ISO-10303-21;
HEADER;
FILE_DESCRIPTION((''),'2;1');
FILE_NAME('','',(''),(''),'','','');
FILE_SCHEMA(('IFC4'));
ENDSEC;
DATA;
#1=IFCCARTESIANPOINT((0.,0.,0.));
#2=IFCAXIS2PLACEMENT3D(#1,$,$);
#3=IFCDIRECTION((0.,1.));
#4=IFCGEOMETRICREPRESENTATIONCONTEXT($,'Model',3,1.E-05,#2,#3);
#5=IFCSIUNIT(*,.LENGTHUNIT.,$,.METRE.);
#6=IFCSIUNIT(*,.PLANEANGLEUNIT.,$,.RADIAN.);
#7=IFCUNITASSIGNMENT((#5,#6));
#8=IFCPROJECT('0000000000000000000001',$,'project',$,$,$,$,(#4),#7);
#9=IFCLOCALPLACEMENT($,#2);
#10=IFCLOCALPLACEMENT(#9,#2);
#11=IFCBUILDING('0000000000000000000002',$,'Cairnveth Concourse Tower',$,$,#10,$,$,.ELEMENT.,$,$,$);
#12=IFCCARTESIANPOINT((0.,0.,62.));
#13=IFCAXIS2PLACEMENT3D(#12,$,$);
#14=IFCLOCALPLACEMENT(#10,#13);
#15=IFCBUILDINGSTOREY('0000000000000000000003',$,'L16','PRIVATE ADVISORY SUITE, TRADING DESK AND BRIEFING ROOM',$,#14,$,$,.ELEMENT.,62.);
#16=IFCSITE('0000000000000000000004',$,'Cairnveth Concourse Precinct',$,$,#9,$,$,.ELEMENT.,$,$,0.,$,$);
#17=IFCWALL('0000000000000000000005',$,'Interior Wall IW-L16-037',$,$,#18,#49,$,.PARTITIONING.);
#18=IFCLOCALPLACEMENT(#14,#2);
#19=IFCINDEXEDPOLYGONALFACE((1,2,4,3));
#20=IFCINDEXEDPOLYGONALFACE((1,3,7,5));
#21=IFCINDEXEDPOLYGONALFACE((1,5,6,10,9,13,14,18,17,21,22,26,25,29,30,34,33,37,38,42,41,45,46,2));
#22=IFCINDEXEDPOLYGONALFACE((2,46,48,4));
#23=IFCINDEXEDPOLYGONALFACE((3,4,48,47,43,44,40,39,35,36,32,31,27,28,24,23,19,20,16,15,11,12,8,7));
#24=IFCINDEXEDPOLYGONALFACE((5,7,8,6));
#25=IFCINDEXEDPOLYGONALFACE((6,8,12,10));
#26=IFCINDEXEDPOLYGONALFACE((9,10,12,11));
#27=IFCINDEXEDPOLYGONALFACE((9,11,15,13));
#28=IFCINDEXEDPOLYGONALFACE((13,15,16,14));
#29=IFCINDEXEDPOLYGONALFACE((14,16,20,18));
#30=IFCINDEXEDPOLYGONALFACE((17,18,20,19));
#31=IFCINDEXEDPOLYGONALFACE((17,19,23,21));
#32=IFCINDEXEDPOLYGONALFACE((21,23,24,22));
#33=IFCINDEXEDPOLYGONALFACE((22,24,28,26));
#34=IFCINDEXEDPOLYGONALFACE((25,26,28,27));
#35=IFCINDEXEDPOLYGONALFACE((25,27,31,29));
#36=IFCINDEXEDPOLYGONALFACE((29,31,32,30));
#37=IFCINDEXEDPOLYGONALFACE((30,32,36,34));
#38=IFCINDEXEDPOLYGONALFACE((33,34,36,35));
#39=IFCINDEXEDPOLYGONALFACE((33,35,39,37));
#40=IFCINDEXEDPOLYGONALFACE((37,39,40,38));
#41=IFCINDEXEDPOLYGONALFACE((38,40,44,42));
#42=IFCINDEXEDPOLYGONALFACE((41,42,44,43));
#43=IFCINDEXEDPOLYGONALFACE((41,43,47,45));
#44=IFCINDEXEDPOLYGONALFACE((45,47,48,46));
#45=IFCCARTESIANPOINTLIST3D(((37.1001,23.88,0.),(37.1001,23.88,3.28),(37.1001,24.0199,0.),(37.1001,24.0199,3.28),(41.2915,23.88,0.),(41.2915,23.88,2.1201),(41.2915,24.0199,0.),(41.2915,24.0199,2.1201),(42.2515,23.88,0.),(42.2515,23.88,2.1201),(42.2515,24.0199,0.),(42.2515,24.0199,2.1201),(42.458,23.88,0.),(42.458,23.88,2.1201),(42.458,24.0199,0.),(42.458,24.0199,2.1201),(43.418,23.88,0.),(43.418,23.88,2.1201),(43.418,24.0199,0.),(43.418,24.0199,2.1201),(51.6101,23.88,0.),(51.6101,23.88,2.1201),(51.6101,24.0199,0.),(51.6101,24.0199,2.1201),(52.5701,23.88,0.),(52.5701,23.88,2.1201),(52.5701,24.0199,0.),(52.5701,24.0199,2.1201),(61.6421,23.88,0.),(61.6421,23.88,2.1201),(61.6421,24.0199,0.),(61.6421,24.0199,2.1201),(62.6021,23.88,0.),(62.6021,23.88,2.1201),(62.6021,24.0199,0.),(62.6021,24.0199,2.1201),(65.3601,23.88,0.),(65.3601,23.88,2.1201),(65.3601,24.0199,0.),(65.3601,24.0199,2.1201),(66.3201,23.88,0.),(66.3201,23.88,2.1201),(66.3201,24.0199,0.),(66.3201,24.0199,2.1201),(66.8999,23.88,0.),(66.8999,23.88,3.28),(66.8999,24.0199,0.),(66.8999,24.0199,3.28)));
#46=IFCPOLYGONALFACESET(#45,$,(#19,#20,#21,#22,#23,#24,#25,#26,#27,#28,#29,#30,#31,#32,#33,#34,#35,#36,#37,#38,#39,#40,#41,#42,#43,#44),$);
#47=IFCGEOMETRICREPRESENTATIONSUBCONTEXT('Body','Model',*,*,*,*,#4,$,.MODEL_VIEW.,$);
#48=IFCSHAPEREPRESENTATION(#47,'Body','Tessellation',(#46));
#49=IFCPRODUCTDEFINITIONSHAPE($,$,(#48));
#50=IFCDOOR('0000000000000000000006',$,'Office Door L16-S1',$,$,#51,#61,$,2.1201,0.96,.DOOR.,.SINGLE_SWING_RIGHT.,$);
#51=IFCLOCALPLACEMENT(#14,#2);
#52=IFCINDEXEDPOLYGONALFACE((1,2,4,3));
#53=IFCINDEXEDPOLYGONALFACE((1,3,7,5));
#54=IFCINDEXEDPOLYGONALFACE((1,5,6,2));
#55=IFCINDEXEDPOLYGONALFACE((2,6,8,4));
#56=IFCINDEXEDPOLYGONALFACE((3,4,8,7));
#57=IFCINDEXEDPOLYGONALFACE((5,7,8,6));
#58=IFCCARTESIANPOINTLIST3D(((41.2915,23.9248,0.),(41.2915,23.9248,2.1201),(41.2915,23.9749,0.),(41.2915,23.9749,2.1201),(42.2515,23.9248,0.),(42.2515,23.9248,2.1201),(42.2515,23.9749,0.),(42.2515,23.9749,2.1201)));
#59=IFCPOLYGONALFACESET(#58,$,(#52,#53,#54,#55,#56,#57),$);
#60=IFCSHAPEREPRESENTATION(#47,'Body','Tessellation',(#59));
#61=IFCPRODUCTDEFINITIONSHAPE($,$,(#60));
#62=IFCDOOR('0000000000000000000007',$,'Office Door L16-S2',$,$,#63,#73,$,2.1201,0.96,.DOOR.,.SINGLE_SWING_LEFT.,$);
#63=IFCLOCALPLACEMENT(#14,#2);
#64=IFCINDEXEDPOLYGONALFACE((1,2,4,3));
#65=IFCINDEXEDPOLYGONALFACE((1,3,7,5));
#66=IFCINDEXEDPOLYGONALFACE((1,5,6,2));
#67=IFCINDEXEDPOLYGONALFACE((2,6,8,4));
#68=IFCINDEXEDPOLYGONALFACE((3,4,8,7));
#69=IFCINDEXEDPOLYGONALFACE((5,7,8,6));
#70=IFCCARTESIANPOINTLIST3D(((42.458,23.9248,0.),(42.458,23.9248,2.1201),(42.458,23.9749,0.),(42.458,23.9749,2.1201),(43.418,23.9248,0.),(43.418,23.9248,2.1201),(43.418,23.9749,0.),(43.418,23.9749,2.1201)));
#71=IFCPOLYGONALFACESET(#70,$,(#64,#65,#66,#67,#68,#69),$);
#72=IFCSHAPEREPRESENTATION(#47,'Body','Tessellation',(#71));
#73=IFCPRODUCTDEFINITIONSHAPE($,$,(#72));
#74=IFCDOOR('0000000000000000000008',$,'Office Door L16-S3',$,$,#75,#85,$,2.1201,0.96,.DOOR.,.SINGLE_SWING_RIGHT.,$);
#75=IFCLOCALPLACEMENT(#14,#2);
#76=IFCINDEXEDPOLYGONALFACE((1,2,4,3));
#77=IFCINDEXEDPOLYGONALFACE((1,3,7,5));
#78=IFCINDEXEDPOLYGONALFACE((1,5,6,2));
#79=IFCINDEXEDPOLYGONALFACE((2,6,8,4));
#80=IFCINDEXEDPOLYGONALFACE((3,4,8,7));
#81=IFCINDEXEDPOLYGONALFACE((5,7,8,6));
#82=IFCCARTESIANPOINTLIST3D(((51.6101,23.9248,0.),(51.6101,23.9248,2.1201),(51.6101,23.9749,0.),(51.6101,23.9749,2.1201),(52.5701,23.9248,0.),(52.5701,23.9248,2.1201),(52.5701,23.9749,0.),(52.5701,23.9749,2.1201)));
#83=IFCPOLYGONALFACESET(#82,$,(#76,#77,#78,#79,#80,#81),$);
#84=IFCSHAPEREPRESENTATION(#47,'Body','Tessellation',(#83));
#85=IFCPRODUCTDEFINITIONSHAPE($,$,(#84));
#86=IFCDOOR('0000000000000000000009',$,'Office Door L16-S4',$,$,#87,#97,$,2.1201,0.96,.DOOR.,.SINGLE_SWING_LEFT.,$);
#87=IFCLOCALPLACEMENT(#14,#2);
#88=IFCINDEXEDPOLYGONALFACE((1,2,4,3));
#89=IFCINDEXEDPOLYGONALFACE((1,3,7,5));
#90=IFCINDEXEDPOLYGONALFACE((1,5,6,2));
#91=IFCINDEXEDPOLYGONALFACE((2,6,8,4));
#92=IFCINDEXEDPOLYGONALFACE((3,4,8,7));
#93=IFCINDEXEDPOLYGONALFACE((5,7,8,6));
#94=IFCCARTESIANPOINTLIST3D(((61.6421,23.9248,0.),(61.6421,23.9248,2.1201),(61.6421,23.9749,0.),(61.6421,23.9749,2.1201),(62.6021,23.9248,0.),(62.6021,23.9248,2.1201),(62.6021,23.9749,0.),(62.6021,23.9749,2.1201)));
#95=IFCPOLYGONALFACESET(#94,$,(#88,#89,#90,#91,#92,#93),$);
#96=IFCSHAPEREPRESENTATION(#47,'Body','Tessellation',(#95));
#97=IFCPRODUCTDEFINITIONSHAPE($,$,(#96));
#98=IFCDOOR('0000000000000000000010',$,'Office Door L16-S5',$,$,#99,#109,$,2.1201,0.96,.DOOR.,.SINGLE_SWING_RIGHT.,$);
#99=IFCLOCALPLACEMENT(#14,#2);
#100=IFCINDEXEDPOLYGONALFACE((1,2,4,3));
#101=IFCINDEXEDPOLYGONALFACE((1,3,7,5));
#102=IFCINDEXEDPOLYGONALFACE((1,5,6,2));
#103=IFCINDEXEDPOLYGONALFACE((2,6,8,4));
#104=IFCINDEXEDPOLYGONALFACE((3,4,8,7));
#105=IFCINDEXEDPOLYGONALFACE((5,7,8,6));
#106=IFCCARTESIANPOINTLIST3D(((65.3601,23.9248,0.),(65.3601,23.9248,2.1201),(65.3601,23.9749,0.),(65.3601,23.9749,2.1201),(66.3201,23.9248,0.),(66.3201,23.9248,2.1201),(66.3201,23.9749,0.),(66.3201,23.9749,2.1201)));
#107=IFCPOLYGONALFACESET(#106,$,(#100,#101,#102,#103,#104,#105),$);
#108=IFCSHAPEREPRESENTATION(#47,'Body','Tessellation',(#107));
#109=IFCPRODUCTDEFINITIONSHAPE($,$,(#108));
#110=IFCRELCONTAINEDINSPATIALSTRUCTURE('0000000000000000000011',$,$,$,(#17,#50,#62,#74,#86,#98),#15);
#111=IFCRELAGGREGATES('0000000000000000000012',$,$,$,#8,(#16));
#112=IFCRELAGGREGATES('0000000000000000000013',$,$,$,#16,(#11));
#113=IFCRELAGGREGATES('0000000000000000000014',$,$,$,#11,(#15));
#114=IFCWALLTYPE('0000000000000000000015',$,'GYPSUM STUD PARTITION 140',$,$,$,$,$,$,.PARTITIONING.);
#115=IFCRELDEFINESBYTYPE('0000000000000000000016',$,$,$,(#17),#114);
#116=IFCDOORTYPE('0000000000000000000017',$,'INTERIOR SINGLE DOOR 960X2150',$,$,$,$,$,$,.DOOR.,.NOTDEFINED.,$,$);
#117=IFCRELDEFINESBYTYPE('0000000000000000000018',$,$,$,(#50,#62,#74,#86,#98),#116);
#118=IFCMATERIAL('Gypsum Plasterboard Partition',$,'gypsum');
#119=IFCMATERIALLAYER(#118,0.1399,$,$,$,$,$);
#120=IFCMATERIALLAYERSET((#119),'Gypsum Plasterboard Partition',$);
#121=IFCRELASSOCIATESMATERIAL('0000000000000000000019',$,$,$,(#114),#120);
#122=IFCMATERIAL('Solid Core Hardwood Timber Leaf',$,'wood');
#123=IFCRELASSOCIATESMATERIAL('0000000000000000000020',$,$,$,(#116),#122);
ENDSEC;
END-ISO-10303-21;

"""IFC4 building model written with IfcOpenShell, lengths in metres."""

from ifc_helpers import new_model, si_unit, direction, frame, frame_2d, origin, place, context, subcontext, project, spatial, rectangle, extrude, material, layer, layer_set, type_object, element, fill, save


model = new_model("IFC4")

# Units and contexts
model_context = context("Model", 3, precision=1e-05, world=origin(), true_north=direction((0.0, 1.0)))
body_context = subcontext(model_context, "Body", "Model", "MODEL_VIEW")
ifc_project = project(units=[si_unit("LENGTHUNIT", "METRE"), si_unit("PLANEANGLEUNIT", "RADIAN")], contexts=[model_context])

# Site, building, storey
site_placement = place(None, origin())
site = spatial("IfcSite", under=ifc_project, at=site_placement, Name="Cairnveth Concourse Precinct", CompositionType="ELEMENT", RefElevation=0.0)
building_placement = place(site_placement, origin())
building = spatial("IfcBuilding", under=site, at=building_placement, Name="Cairnveth Concourse Tower", CompositionType="ELEMENT")
storey_placement = place(building_placement, frame((0.0, 0.0, 62.0)))
storey = spatial("IfcBuildingStorey", under=building, at=storey_placement, Name="L16", Description="PRIVATE ADVISORY SUITE, TRADING DESK AND BRIEFING ROOM", CompositionType="ELEMENT", Elevation=62.0)

# Wall, openings, doors
ifc_material_1 = material(Name="Gypsum Plasterboard Partition", Category="gypsum")
ifc_layer_1 = layer(ifc_material_1, 0.1399)
ifc_layer_set_1 = layer_set([ifc_layer_1], Name="Gypsum Plasterboard Partition")
wall_type_1 = type_object("IfcWallType", Name="GYPSUM STUD PARTITION 140", PredefinedType="PARTITIONING", material=ifc_layer_set_1)
wall_1_placement = place(storey_placement, frame((37.1001, 23.95, 0.0), z_axis=(0.0, 0.0, 1.0), x_axis=(1.0, 0.0, 0.0)))
wall_1 = element("IfcWall", 1, at=wall_1_placement, inside=storey, type_object=wall_type_1, Name="Interior Wall IW-L16-037", PredefinedType="PARTITIONING", context=body_context, shape_type="SweptSolid", body=[
    extrude(rectangle(XDim=29.7998, YDim=0.1399, at=frame_2d((14.8999, 0.0))), origin(), (0.0, 0.0, 1.0), 3.28),
])
opening_1_placement = place(wall_1_placement, frame((4.1914, 0.0, 0.0)))
opening_1 = element("IfcOpeningElement", 2, at=opening_1_placement, cuts=wall_1, PredefinedType="OPENING", context=body_context, shape_type="SweptSolid", body=[
    extrude(rectangle(XDim=0.96, YDim=2.1201, at=frame_2d((0.48, 1.0601))), frame((0.0, 0.0798, 0.0), z_axis=(0.0, -1.0, 0.0), x_axis=(1.0, 0.0, 0.0)), (0.0, 0.0, 1.0), 0.1599),
])
opening_2_placement = place(wall_1_placement, frame((5.3579, 0.0, 0.0)))
opening_2 = element("IfcOpeningElement", 3, at=opening_2_placement, cuts=wall_1, PredefinedType="OPENING", context=body_context, shape_type="SweptSolid", body=[
    extrude(rectangle(XDim=0.96, YDim=2.1201, at=frame_2d((0.48, 1.0601))), frame((0.0, 0.0798, 0.0), z_axis=(0.0, -1.0, 0.0), x_axis=(1.0, 0.0, 0.0)), (0.0, 0.0, 1.0), 0.1599),
])
opening_3_placement = place(wall_1_placement, frame((14.51, 0.0, 0.0)))
opening_3 = element("IfcOpeningElement", 4, at=opening_3_placement, cuts=wall_1, PredefinedType="OPENING", context=body_context, shape_type="SweptSolid", body=[
    extrude(rectangle(XDim=0.96, YDim=2.1201, at=frame_2d((0.48, 1.0601))), frame((0.0, 0.0798, 0.0), z_axis=(0.0, -1.0, 0.0), x_axis=(1.0, 0.0, 0.0)), (0.0, 0.0, 1.0), 0.1599),
])
opening_4_placement = place(wall_1_placement, frame((24.542, 0.0, 0.0)))
opening_4 = element("IfcOpeningElement", 5, at=opening_4_placement, cuts=wall_1, PredefinedType="OPENING", context=body_context, shape_type="SweptSolid", body=[
    extrude(rectangle(XDim=0.96, YDim=2.1201, at=frame_2d((0.48, 1.0601))), frame((0.0, 0.0798, 0.0), z_axis=(0.0, -1.0, 0.0), x_axis=(1.0, 0.0, 0.0)), (0.0, 0.0, 1.0), 0.1599),
])
opening_5_placement = place(wall_1_placement, frame((28.26, 0.0, 0.0)))
opening_5 = element("IfcOpeningElement", 6, at=opening_5_placement, cuts=wall_1, PredefinedType="OPENING", context=body_context, shape_type="SweptSolid", body=[
    extrude(rectangle(XDim=0.96, YDim=2.1201, at=frame_2d((0.48, 1.0601))), frame((0.0, 0.0798, 0.0), z_axis=(0.0, -1.0, 0.0), x_axis=(1.0, 0.0, 0.0)), (0.0, 0.0, 1.0), 0.1599),
])
ifc_material_2 = material(Name="Solid Core Hardwood Timber Leaf", Category="wood")
door_type = type_object("IfcDoorType", Name="INTERIOR SINGLE DOOR 960X2150", OperationType="NOTDEFINED", PredefinedType="DOOR", material=ifc_material_2)
door_1_placement = place(opening_1_placement, origin())
door_1 = element("IfcDoor", 7, at=door_1_placement, inside=storey, type_object=door_type, Name="Office Door L16-S1", OperationType="SINGLE_SWING_RIGHT", OverallHeight=2.1201, OverallWidth=0.96, PredefinedType="DOOR", context=body_context, shape_type="SweptSolid", body=[
    extrude(rectangle(XDim=0.96, YDim=2.1201, at=frame_2d((0.48, 1.0601))), frame((0.0, 0.0249, 0.0), z_axis=(0.0, -1.0, 0.0), x_axis=(1.0, 0.0, 0.0)), (0.0, 0.0, 1.0), 0.05),
])
fill(opening_1, door_1)
door_2_placement = place(opening_2_placement, origin())
door_2 = element("IfcDoor", 8, at=door_2_placement, inside=storey, type_object=door_type, Name="Office Door L16-S2", OperationType="SINGLE_SWING_LEFT", OverallHeight=2.1201, OverallWidth=0.96, PredefinedType="DOOR", context=body_context, shape_type="SweptSolid", body=[
    extrude(rectangle(XDim=0.96, YDim=2.1201, at=frame_2d((0.48, 1.0601))), frame((0.0, 0.0249, 0.0), z_axis=(0.0, -1.0, 0.0), x_axis=(1.0, 0.0, 0.0)), (0.0, 0.0, 1.0), 0.05),
])
fill(opening_2, door_2)
door_3_placement = place(opening_3_placement, origin())
door_3 = element("IfcDoor", 9, at=door_3_placement, inside=storey, type_object=door_type, Name="Office Door L16-S3", OperationType="SINGLE_SWING_RIGHT", OverallHeight=2.1201, OverallWidth=0.96, PredefinedType="DOOR", context=body_context, shape_type="SweptSolid", body=[
    extrude(rectangle(XDim=0.96, YDim=2.1201, at=frame_2d((0.48, 1.0601))), frame((0.0, 0.0249, 0.0), z_axis=(0.0, -1.0, 0.0), x_axis=(1.0, 0.0, 0.0)), (0.0, 0.0, 1.0), 0.05),
])
fill(opening_3, door_3)
door_4_placement = place(opening_4_placement, origin())
door_4 = element("IfcDoor", 10, at=door_4_placement, inside=storey, type_object=door_type, Name="Office Door L16-S4", OperationType="SINGLE_SWING_LEFT", OverallHeight=2.1201, OverallWidth=0.96, PredefinedType="DOOR", context=body_context, shape_type="SweptSolid", body=[
    extrude(rectangle(XDim=0.96, YDim=2.1201, at=frame_2d((0.48, 1.0601))), frame((0.0, 0.0249, 0.0), z_axis=(0.0, -1.0, 0.0), x_axis=(1.0, 0.0, 0.0)), (0.0, 0.0, 1.0), 0.05),
])
fill(opening_4, door_4)
door_5_placement = place(opening_5_placement, origin())
door_5 = element("IfcDoor", 11, at=door_5_placement, inside=storey, type_object=door_type, Name="Office Door L16-S5", OperationType="SINGLE_SWING_RIGHT", OverallHeight=2.1201, OverallWidth=0.96, PredefinedType="DOOR", context=body_context, shape_type="SweptSolid", body=[
    extrude(rectangle(XDim=0.96, YDim=2.1201, at=frame_2d((0.48, 1.0601))), frame((0.0, 0.0249, 0.0), z_axis=(0.0, -1.0, 0.0), x_axis=(1.0, 0.0, 0.0)), (0.0, 0.0, 1.0), 0.05),
])
fill(opening_5, door_5)

save(model, "model.ifc")
